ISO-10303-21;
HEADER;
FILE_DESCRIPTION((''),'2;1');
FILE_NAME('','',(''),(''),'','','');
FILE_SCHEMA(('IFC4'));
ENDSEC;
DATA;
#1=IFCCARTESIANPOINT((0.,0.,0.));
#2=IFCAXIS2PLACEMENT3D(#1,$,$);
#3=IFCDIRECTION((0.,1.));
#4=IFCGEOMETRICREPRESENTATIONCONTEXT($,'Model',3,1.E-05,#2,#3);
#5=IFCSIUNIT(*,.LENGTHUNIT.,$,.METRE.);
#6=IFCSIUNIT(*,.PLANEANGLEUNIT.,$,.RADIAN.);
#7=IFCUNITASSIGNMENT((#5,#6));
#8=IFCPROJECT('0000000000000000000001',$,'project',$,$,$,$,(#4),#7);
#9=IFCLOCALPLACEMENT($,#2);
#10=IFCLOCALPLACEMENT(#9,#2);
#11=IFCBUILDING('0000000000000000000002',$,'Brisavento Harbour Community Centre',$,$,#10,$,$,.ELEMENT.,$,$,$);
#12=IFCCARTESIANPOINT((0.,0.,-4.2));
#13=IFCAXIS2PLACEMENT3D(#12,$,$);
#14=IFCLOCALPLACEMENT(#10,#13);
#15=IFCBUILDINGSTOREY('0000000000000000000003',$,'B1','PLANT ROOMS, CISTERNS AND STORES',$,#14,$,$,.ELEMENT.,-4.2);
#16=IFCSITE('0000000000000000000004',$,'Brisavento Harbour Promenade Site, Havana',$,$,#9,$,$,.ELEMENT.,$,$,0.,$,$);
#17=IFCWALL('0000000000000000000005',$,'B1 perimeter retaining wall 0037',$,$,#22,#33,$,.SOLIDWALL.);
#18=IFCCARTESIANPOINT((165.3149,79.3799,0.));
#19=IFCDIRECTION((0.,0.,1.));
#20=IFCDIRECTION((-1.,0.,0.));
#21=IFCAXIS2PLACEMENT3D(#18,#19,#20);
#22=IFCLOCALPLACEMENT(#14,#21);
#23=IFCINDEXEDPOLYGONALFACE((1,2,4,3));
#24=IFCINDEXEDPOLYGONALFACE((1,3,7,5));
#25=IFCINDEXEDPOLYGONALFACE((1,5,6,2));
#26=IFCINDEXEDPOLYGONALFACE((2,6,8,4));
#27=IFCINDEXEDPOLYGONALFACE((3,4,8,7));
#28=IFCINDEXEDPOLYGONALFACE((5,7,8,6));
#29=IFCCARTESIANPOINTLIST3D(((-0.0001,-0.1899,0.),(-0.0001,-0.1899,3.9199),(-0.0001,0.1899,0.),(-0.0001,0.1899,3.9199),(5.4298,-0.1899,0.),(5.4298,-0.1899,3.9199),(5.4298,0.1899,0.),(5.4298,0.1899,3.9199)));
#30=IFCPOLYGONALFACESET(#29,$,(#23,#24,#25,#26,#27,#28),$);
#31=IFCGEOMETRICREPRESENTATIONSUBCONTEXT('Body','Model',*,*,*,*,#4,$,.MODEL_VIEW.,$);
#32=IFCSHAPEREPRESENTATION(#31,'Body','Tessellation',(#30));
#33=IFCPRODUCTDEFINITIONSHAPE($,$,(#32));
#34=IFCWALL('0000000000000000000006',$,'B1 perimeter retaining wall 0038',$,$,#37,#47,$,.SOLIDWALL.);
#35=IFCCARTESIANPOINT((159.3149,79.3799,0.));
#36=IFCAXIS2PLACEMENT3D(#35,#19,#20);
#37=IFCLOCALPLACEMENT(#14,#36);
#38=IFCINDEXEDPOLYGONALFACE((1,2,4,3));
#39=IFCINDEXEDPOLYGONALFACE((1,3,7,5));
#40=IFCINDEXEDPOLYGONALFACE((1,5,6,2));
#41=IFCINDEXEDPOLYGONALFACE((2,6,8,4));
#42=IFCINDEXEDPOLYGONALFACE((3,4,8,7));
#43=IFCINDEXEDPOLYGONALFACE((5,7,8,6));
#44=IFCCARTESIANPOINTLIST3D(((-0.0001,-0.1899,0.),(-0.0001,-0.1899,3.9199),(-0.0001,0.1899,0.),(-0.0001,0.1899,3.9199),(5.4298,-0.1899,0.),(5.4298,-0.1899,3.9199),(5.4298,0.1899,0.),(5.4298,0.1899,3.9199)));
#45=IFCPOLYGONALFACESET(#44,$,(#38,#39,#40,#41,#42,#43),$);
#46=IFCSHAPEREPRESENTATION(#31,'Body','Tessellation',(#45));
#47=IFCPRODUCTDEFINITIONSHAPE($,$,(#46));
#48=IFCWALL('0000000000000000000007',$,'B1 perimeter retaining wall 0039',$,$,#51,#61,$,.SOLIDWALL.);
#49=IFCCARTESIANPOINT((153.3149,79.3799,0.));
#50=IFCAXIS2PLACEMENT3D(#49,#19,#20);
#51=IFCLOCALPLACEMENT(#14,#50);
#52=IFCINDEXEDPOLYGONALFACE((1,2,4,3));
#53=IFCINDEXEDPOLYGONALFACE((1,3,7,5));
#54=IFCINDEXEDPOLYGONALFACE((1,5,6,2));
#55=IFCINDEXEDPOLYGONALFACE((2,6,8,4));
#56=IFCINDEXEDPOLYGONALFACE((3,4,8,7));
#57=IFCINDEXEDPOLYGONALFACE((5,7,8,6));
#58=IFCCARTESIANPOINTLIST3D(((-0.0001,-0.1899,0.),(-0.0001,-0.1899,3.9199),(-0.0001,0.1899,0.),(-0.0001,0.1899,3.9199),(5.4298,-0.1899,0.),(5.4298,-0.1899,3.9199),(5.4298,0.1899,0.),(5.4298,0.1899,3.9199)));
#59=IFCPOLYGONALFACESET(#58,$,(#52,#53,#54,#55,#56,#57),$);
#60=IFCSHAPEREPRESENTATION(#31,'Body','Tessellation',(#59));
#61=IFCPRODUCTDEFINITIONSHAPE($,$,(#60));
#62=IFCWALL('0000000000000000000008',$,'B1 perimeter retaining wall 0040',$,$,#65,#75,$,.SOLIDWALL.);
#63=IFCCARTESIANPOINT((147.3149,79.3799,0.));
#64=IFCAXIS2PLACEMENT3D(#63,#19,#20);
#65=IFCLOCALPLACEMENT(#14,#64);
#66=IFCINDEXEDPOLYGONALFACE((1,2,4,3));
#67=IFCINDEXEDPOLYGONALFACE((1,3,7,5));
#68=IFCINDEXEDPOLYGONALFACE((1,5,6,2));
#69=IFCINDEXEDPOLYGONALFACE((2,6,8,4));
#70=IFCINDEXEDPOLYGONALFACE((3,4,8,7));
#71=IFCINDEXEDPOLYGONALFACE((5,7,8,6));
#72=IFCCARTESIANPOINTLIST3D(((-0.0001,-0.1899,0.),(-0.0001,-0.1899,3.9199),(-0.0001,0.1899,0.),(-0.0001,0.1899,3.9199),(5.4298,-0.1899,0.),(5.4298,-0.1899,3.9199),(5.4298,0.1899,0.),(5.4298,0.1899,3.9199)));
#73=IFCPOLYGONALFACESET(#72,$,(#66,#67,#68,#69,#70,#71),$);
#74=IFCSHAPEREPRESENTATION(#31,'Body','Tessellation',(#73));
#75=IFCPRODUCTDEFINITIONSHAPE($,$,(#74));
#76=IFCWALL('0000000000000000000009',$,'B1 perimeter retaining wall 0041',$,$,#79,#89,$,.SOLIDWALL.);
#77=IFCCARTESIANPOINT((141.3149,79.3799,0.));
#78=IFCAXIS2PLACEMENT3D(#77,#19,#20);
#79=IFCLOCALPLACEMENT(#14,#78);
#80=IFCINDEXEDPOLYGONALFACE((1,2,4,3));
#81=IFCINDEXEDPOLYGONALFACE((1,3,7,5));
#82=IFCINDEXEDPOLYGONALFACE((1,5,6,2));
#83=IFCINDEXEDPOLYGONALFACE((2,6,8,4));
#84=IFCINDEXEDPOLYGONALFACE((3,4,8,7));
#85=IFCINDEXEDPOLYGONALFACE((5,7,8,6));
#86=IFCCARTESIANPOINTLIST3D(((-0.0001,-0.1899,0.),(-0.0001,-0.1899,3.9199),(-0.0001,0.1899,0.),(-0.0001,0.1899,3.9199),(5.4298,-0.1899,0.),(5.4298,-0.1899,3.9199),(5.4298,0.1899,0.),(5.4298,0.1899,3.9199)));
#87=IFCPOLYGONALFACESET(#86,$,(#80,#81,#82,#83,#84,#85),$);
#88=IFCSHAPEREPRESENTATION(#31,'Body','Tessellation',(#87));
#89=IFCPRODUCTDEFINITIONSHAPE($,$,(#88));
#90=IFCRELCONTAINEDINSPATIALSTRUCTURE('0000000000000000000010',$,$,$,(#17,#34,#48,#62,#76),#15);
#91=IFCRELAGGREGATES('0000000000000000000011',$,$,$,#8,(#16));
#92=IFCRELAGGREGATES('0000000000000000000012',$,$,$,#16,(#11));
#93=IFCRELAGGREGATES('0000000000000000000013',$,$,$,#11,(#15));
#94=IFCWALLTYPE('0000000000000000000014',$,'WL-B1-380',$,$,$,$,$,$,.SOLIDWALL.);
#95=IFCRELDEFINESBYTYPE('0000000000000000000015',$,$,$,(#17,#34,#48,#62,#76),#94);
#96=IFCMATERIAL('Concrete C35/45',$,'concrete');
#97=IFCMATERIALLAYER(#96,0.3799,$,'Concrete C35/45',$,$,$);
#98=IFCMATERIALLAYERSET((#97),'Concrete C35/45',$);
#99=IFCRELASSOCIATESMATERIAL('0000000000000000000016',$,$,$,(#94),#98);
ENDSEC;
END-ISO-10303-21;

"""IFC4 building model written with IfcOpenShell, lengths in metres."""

from ifc_helpers import new_model, si_unit, direction, frame, frame_2d, origin, place, context, subcontext, project, spatial, rectangle, extrude, material, layer, layer_set, type_object, element, save


model = new_model("IFC4")

# Units and contexts
model_context = context("Model", 3, precision=1e-05, world=origin(), true_north=direction((0.0, 1.0)))
body_context = subcontext(model_context, "Body", "Model", "MODEL_VIEW")
ifc_project = project(units=[si_unit("LENGTHUNIT", "METRE"), si_unit("PLANEANGLEUNIT", "RADIAN")], contexts=[model_context])

# Site, building, storey
site_placement = place(None, origin())
site = spatial("IfcSite", under=ifc_project, at=site_placement, Name="Brisavento Harbour Promenade Site, Havana", CompositionType="ELEMENT", RefElevation=0.0)
building_placement = place(site_placement, origin())
building = spatial("IfcBuilding", under=site, at=building_placement, Name="Brisavento Harbour Community Centre", CompositionType="ELEMENT")
storey_placement = place(building_placement, frame((0.0, 0.0, -4.2)))
storey = spatial("IfcBuildingStorey", under=building, at=storey_placement, Name="B1", Description="PLANT ROOMS, CISTERNS AND STORES", CompositionType="ELEMENT", Elevation=-4.2)

# Shared definitions
ifc_material_1 = material(Name="Concrete C35/45", Category="concrete")

# Walls
ifc_layer_1 = layer(ifc_material_1, 0.3799, Name="Concrete C35/45")
ifc_layer_set_1 = layer_set([ifc_layer_1], Name="Concrete C35/45")
wall_type_1 = type_object("IfcWallType", Name="WL-B1-380", PredefinedType="SOLIDWALL", material=ifc_layer_set_1)
for number, where, z_axis, x_axis, name in (
    (1, (165.3149, 79.3799, 0.0), (0.0, 0.0, 1.0), (-1.0, 0.0, 0.0), "B1 perimeter retaining wall 0037"),
    (2, (159.3149, 79.3799, 0.0), (0.0, 0.0, 1.0), (-1.0, 0.0, 0.0), "B1 perimeter retaining wall 0038"),
    (3, (153.3149, 79.3799, 0.0), (0.0, 0.0, 1.0), (-1.0, 0.0, 0.0), "B1 perimeter retaining wall 0039"),
    (4, (147.3149, 79.3799, 0.0), (0.0, 0.0, 1.0), (-1.0, 0.0, 0.0), "B1 perimeter retaining wall 0040"),
    (5, (141.3149, 79.3799, 0.0), (0.0, 0.0, 1.0), (-1.0, 0.0, 0.0), "B1 perimeter retaining wall 0041"),
):
    element("IfcWall", number, at=place(storey_placement, frame(where, z_axis=z_axis, x_axis=x_axis)), inside=storey, type_object=wall_type_1, Name=name, PredefinedType="SOLIDWALL", context=body_context, shape_type="SweptSolid", body=[
        extrude(rectangle(XDim=5.4299, YDim=0.3799, at=frame_2d((2.7148, 0.0))), origin(), (0.0, 0.0, 1.0), 3.9199),
    ])

save(model, "model.ifc")
